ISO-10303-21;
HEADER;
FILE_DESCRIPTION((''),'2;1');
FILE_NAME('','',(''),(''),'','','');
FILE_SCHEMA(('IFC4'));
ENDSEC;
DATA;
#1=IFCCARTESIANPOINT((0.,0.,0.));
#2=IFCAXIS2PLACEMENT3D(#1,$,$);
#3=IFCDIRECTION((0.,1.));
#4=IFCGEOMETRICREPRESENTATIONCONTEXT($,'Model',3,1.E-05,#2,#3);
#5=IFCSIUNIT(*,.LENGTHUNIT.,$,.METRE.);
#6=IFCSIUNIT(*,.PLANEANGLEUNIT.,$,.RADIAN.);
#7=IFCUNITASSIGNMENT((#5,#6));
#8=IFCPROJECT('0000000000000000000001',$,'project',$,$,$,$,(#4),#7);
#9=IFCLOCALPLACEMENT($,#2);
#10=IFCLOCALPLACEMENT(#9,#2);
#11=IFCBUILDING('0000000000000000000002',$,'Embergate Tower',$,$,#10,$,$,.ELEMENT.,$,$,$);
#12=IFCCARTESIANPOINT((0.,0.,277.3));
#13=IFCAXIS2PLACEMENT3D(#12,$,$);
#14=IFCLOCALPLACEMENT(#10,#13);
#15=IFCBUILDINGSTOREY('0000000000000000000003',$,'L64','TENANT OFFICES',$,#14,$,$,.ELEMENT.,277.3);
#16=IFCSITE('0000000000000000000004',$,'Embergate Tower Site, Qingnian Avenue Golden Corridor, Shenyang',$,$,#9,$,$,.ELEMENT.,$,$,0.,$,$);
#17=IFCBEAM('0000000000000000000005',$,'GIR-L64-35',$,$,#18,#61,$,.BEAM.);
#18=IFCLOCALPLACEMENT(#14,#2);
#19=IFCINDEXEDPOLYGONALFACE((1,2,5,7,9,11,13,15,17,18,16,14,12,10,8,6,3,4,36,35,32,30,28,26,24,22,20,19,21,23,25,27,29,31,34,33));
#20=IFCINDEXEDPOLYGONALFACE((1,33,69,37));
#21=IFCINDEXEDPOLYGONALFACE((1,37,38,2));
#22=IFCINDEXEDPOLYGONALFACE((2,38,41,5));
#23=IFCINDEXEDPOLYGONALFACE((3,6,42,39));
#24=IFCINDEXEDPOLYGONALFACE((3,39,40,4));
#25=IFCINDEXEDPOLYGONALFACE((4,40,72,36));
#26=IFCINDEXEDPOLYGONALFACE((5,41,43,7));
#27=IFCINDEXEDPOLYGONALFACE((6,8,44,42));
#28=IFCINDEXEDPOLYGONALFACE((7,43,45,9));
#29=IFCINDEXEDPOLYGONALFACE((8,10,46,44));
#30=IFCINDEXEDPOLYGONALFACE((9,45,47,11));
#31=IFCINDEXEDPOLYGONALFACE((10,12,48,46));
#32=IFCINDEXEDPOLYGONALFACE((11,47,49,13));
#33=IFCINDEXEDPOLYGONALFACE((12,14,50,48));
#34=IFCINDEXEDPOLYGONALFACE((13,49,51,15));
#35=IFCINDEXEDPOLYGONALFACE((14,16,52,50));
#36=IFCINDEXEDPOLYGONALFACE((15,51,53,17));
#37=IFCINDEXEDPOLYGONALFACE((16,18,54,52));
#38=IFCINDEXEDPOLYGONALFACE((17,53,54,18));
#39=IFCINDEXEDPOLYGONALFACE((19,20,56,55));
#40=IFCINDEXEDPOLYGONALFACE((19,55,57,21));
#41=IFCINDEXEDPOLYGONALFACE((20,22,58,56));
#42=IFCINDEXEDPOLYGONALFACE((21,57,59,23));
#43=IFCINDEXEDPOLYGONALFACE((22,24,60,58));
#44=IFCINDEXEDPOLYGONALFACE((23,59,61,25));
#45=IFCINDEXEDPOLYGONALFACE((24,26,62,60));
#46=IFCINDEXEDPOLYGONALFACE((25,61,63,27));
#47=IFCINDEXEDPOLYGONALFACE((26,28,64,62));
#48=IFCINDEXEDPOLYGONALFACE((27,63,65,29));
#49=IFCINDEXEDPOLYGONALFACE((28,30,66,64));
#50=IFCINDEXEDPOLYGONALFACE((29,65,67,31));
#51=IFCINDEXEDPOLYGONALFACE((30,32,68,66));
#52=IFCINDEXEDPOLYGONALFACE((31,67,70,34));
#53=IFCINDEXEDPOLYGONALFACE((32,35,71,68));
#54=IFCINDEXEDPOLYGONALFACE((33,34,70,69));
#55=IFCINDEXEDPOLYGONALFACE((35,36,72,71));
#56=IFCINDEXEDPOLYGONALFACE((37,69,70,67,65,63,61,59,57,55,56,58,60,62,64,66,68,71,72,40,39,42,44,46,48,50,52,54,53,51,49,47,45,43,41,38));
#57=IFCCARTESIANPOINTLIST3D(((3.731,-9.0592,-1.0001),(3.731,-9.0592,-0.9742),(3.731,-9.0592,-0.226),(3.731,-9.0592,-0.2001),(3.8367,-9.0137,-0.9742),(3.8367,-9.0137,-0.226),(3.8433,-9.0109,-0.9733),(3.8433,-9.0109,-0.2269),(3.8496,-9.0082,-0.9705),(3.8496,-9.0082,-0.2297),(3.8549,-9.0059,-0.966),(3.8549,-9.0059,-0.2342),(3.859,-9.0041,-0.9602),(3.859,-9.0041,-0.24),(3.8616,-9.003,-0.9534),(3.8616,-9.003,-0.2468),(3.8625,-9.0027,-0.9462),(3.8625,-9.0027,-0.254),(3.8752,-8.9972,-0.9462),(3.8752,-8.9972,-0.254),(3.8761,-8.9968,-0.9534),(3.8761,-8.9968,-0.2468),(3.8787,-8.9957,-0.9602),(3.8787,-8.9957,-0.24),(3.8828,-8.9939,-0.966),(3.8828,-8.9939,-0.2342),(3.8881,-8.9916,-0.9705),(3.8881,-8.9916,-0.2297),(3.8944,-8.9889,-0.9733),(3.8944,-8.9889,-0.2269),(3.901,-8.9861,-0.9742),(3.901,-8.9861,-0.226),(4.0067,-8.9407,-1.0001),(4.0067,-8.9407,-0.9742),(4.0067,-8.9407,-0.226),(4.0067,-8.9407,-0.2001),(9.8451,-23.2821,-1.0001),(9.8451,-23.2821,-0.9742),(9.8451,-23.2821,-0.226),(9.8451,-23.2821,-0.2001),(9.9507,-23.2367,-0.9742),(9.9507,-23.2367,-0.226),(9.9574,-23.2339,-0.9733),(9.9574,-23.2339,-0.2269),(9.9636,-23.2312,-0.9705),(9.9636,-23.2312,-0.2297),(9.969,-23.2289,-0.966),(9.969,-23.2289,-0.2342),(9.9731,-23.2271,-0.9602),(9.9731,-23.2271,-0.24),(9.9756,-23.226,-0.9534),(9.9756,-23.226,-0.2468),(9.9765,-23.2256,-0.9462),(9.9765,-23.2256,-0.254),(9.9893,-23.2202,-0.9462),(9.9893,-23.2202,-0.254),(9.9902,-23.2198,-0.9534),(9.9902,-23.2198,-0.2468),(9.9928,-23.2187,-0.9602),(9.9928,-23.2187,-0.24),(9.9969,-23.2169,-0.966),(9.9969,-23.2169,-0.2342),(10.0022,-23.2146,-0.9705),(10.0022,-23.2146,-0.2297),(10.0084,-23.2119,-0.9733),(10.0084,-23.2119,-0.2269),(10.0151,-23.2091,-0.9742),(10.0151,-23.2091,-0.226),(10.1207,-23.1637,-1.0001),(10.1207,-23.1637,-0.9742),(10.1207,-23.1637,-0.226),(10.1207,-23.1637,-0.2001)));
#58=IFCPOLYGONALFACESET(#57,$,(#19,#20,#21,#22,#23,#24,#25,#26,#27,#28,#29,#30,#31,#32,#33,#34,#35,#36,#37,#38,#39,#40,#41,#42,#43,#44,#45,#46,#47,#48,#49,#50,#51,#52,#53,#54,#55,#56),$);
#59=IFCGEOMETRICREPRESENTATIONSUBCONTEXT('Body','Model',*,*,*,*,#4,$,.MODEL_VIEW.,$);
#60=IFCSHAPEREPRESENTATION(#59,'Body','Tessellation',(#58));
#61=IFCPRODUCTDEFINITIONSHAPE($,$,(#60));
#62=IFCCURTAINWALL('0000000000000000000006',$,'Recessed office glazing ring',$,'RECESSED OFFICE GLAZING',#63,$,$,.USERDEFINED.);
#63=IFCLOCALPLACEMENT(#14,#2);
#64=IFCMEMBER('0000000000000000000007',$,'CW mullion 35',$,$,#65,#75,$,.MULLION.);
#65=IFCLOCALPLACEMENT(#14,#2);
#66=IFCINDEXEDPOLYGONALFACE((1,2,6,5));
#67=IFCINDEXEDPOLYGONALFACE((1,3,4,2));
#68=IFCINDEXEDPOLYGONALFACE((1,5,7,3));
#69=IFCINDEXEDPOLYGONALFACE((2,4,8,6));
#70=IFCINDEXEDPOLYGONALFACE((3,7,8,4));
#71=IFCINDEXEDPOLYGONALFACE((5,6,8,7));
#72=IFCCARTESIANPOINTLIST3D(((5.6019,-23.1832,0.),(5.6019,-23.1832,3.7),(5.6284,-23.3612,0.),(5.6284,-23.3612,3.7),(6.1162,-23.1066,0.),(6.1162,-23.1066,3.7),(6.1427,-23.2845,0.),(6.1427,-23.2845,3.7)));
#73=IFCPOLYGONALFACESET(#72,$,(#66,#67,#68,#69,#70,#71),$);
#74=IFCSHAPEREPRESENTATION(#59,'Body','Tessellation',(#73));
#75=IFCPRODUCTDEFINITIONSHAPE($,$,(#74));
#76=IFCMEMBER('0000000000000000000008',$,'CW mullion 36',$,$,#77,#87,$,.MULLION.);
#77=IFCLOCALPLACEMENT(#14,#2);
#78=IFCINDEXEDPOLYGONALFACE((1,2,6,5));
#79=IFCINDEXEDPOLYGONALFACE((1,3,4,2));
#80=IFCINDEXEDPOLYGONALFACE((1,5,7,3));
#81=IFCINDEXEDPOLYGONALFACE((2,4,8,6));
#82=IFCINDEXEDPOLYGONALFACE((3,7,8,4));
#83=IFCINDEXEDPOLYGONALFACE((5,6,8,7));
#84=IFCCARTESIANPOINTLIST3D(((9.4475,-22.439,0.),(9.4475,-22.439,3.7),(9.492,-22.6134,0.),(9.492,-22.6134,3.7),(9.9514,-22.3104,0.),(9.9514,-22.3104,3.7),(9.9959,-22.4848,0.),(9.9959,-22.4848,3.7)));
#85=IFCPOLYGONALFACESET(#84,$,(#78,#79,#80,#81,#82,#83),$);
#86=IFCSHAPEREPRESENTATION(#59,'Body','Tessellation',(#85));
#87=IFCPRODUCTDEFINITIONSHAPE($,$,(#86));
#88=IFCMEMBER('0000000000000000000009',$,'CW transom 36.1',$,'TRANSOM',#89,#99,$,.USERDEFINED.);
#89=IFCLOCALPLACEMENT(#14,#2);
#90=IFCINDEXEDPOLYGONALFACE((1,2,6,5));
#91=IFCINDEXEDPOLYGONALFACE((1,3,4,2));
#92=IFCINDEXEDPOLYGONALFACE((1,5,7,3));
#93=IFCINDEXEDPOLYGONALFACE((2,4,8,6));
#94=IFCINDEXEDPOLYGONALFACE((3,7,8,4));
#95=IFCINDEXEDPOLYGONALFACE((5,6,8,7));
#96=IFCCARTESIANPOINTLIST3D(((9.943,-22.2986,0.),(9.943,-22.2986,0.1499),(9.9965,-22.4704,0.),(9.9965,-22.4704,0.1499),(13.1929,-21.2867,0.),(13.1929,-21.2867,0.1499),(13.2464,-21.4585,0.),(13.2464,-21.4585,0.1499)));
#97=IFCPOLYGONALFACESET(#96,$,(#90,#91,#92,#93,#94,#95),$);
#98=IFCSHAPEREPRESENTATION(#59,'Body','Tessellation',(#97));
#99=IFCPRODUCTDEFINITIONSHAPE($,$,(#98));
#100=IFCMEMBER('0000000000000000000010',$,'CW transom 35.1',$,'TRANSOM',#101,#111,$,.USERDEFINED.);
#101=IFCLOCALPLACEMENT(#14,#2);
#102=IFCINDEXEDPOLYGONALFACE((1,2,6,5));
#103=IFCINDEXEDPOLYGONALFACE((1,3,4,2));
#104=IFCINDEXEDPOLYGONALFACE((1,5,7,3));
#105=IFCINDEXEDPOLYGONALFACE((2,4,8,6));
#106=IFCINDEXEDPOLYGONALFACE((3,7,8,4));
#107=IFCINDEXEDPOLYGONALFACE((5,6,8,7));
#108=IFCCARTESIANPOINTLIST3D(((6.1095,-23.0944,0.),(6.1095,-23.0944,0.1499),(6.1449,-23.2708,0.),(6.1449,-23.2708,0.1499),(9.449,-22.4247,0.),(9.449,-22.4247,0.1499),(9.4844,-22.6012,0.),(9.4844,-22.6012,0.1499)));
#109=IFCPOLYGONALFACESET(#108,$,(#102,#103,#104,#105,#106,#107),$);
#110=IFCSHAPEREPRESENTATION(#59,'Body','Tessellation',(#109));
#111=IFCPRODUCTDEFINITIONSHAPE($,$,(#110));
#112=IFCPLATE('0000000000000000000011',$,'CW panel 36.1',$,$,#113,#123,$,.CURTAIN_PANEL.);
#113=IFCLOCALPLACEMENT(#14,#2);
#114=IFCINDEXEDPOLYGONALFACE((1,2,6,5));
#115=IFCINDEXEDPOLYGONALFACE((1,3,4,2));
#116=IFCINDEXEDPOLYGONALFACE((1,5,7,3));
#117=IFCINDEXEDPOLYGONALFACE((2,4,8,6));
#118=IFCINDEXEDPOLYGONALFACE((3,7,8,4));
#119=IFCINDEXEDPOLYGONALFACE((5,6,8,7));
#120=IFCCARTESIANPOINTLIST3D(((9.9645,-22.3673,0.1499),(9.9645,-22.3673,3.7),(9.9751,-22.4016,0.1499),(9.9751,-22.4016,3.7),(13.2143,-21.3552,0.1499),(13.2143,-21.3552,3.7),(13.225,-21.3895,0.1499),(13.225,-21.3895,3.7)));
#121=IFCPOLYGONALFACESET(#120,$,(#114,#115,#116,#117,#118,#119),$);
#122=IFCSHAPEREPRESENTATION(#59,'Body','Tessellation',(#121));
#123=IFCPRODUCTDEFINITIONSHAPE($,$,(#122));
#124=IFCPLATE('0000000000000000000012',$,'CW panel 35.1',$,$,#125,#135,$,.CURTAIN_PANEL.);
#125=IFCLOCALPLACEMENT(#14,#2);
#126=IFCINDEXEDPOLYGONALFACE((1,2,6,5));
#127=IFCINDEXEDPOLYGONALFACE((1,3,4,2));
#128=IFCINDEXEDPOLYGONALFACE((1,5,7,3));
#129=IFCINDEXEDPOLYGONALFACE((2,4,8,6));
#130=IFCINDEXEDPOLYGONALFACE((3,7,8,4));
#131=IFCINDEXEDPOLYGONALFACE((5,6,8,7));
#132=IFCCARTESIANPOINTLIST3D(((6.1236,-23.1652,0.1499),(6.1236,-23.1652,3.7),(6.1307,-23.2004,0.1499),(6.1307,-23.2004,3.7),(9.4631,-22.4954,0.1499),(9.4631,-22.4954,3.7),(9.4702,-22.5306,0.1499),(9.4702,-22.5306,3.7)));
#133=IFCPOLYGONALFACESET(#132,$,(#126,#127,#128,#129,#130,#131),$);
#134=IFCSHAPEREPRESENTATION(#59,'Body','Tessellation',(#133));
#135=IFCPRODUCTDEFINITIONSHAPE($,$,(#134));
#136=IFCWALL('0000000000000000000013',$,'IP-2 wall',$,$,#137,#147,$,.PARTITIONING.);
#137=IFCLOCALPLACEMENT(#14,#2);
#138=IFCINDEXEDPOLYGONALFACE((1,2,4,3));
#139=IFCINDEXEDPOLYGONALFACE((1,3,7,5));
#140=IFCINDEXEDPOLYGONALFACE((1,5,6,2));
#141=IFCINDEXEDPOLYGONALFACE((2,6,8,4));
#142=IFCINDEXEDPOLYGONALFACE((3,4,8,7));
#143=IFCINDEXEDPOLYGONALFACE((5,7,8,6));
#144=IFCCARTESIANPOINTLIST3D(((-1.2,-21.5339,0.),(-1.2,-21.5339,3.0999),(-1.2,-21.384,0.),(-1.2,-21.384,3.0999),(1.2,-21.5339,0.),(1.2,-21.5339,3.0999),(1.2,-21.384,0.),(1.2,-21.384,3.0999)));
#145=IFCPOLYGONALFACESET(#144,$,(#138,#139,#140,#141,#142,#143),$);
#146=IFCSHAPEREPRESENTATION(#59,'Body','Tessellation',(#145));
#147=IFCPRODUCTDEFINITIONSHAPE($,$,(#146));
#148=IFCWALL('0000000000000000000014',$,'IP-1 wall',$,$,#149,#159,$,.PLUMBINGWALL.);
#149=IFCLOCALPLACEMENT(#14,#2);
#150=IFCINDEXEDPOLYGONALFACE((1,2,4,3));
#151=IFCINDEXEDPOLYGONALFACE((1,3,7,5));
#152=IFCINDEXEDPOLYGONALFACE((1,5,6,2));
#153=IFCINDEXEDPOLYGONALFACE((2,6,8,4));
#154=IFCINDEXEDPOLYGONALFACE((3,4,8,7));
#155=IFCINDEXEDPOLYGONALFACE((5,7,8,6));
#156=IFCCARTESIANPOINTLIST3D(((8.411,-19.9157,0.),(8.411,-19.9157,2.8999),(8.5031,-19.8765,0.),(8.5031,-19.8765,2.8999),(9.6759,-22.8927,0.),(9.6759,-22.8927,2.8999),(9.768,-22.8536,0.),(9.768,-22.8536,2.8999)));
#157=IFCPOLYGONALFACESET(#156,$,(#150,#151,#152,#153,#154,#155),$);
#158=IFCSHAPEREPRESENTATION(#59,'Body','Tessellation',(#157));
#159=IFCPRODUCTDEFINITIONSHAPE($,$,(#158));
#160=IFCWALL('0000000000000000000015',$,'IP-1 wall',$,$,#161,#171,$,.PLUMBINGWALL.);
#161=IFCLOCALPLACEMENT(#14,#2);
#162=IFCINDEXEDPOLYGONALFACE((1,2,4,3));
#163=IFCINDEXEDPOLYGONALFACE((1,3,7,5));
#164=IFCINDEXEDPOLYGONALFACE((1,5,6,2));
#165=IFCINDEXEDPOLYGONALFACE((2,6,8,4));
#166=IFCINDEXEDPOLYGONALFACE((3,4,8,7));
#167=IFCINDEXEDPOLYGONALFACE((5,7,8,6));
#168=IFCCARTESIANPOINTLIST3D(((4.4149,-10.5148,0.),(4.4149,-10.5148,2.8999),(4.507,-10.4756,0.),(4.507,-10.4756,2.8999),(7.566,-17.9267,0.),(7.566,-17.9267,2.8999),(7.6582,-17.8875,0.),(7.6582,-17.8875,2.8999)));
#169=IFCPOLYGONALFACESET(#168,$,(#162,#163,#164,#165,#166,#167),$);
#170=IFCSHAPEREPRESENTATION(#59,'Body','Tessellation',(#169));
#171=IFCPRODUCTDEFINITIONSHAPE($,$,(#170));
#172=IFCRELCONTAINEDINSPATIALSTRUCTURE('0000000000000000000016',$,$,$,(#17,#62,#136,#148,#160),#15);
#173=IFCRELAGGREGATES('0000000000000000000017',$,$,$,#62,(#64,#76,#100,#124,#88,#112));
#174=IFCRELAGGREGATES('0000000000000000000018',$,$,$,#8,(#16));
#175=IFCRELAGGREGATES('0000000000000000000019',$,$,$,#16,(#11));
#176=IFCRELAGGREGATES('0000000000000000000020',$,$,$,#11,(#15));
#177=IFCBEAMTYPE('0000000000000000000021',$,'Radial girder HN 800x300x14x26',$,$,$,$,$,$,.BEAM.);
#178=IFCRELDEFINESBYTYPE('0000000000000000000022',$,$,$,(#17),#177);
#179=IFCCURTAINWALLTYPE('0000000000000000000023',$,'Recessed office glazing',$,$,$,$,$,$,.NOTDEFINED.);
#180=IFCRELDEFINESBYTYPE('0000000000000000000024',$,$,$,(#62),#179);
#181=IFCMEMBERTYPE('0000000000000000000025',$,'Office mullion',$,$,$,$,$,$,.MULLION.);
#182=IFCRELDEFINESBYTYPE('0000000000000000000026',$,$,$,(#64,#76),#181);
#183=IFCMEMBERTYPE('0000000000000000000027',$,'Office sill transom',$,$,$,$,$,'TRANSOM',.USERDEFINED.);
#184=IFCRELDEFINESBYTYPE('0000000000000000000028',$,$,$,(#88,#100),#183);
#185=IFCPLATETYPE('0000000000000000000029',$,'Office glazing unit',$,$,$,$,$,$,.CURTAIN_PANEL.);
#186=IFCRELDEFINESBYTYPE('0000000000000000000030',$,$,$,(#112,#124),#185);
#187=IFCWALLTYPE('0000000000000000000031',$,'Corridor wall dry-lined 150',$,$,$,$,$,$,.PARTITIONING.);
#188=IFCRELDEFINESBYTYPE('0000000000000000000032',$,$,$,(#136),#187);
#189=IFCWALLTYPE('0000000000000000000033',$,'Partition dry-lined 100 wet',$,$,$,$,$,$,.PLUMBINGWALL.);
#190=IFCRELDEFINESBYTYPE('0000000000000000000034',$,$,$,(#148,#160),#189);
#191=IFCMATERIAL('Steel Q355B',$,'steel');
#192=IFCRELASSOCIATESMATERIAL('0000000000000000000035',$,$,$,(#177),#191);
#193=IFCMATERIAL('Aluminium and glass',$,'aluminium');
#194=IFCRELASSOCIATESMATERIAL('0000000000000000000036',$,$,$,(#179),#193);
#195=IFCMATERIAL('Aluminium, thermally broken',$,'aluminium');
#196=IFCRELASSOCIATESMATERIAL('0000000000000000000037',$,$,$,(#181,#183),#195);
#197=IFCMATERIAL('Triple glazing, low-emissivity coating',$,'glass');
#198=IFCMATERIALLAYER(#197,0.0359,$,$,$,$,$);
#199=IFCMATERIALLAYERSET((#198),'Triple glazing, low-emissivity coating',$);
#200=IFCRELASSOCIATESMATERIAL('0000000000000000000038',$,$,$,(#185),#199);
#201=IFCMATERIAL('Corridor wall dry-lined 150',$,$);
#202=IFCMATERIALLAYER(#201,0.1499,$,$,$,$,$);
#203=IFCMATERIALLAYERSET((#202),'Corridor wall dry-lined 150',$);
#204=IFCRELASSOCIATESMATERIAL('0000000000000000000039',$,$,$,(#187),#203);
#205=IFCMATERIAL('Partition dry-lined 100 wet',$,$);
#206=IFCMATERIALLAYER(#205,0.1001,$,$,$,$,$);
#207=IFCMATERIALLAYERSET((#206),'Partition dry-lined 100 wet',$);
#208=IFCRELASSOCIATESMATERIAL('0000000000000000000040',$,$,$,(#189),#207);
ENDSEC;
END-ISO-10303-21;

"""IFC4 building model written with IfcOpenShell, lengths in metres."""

from ifc_helpers import new_model, si_unit, direction, frame, frame_2d, origin, origin_2d, place, context, subcontext, project, spatial, rectangle, i_section, extrude, source, transform, mapped, material, layer, layer_set, material_profile, profile_set, type_object, element, aggregate, save


model = new_model("IFC4")

# Units and contexts
model_context = context("Model", 3, precision=1e-05, world=origin(), true_north=direction((0.0, 1.0)))
body_context = subcontext(model_context, "Body", "Model", "MODEL_VIEW")
ifc_project = project(units=[si_unit("LENGTHUNIT", "METRE"), si_unit("PLANEANGLEUNIT", "RADIAN")], contexts=[model_context])

# Site, building, storey
site_placement = place(None, origin())
site = spatial("IfcSite", under=ifc_project, at=site_placement, Name="Embergate Tower Site, Qingnian Avenue Golden Corridor, Shenyang", CompositionType="ELEMENT", RefElevation=0.0)
building_placement = place(site_placement, origin())
building = spatial("IfcBuilding", under=site, at=building_placement, Name="Embergate Tower", CompositionType="ELEMENT")
storey_placement = place(building_placement, frame((0.0, 0.0, 277.3)))
storey = spatial("IfcBuildingStorey", under=building, at=storey_placement, Name="L64", Description="TENANT OFFICES", CompositionType="ELEMENT", Elevation=277.3)

# Beam
ifc_material_1 = material(Name="Steel Q355B", Category="steel")
ifc_material_profile_1 = material_profile(ifc_material_1, i_section(OverallWidth=0.3, OverallDepth=0.8, WebThickness=0.0139, FlangeThickness=0.0259, FilletRadius=0.0281, at=origin_2d()), Name="HN 800x300x14x26")
ifc_profile_set_1 = profile_set([ifc_material_profile_1], Name="Steel Q355 grade B")
beam_type = type_object("IfcBeamType", Name="Radial girder HN 800x300x14x26", PredefinedType="BEAM", material=ifc_profile_set_1)
shared_shape_1 = source(origin(), body_context, "Body", "SweptSolid", [
    extrude(i_section(OverallWidth=0.3, OverallDepth=0.8, WebThickness=0.0139, FlangeThickness=0.0259, FilletRadius=0.0281, at=origin_2d()), origin(), (0.0, 0.0, 1.0), 15.4814),
])
beam_placement = place(storey_placement, frame((9.9829, -23.2229, -0.6001), z_axis=(-0.394928, 0.918712, 0.0), x_axis=(-0.918712, -0.394928, 0.0)))
element("IfcBeam", 1, at=beam_placement, inside=storey, type_object=beam_type, Name="GIR-L64-35", PredefinedType="BEAM", context=body_context, shape_type="MappedRepresentation", body=[
    mapped(shared_shape_1, transform((0.0, 0.0, 0.0))),
])

# Curtain wall, members, plates
ifc_material_2 = material(Name="Aluminium and glass", Category="aluminium")
curtain_wall_type = type_object("IfcCurtainWallType", Name="Recessed office glazing", PredefinedType="NOTDEFINED", material=ifc_material_2)
curtain_wall_placement = place(storey_placement, origin())
curtain_wall = element("IfcCurtainWall", 2, at=curtain_wall_placement, inside=storey, type_object=curtain_wall_type, Name="Recessed office glazing ring", ObjectType="RECESSED OFFICE GLAZING", PredefinedType="USERDEFINED")
ifc_material_3 = material(Name="Aluminium, thermally broken", Category="aluminium")
ifc_material_profile_2 = material_profile(ifc_material_3, rectangle(XDim=0.1799, YDim=0.52, at=origin_2d()), Name="AL 520x180")
ifc_profile_set_2 = profile_set([ifc_material_profile_2], Name="Aluminium, thermally broken")
member_type_1 = type_object("IfcMemberType", Name="Office mullion", PredefinedType="MULLION", material=ifc_profile_set_2)
shared_shape_2 = source(origin(), body_context, "Body", "SweptSolid", [
    extrude(rectangle(XDim=0.1799, YDim=0.52, at=origin_2d()), origin(), (0.0, 0.0, 1.0), 3.7),
])
member_1_placement = place(storey_placement, frame((5.8723, -23.2339, 0.0), z_axis=(0.0, 0.0, 1.0), x_axis=(-0.147409, 0.989076, 0.0)))
member_1 = element("IfcMember", 3, at=member_1_placement, type_object=member_type_1, Name="CW mullion 35", PredefinedType="MULLION", context=body_context, shape_type="MappedRepresentation", body=[
    mapped(shared_shape_2, transform((0.0, 0.0, 0.0))),
])
member_2_placement = place(storey_placement, frame((9.7217, -22.4619, 0.0), z_axis=(0.0, 0.0, 1.0), x_axis=(-0.247308, 0.968937, 0.0)))
member_2 = element("IfcMember", 4, at=member_2_placement, type_object=member_type_1, Name="CW mullion 36", PredefinedType="MULLION", context=body_context, shape_type="MappedRepresentation", body=[
    mapped(shared_shape_2, transform((0.0, 0.0, 0.0))),
])
ifc_material_profile_3 = material_profile(ifc_material_3, rectangle(XDim=0.1799, YDim=0.1499, at=origin_2d()), Name="AL 150x180")
ifc_profile_set_3 = profile_set([ifc_material_profile_3], Name="Aluminium, thermally broken")
member_type_2 = type_object("IfcMemberType", Name="Office sill transom", ElementType="TRANSOM", PredefinedType="USERDEFINED", material=ifc_profile_set_3)
shared_shape_3 = source(origin(), body_context, "Body", "SweptSolid", [
    extrude(rectangle(XDim=0.1799, YDim=0.1499, at=origin_2d()), origin(), (0.0, 0.0, 1.0), 3.4038),
])
member_3_placement = place(storey_placement, frame((9.9697, -22.3845, 0.075), z_axis=(0.954786, 0.297295, 0.0), x_axis=(-0.297295, 0.954786, 0.0)))
member_3 = element("IfcMember", 5, at=member_3_placement, type_object=member_type_2, Name="CW transom 36.1", ObjectType="TRANSOM", PredefinedType="USERDEFINED", context=body_context, shape_type="MappedRepresentation", body=[
    mapped(shared_shape_3, transform((0.0, 0.0, 0.0))),
])
shared_shape_4 = source(origin(), body_context, "Body", "SweptSolid", [
    extrude(rectangle(XDim=0.1799, YDim=0.1499, at=origin_2d()), origin(), (0.0, 0.0, 1.0), 3.406),
])
member_4_placement = place(storey_placement, frame((6.1272, -23.1826, 0.075), z_axis=(0.980481, 0.196612, 0.0), x_axis=(-0.196612, 0.980481, 0.0)))
member_4 = element("IfcMember", 6, at=member_4_placement, type_object=member_type_2, Name="CW transom 35.1", ObjectType="TRANSOM", PredefinedType="USERDEFINED", context=body_context, shape_type="MappedRepresentation", body=[
    mapped(shared_shape_4, transform((0.0, 0.0, 0.0))),
])
ifc_material_4 = material(Name="Triple glazing, low-emissivity coating", Category="glass")
ifc_layer_1 = layer(ifc_material_4, 0.0359)
ifc_layer_set_1 = layer_set([ifc_layer_1], Name="Triple glazing, low-emissivity coating")
plate_type = type_object("IfcPlateType", Name="Office glazing unit", PredefinedType="CURTAIN_PANEL", material=ifc_layer_set_1)
shared_shape_5 = source(origin(), body_context, "Body", "SweptSolid", [
    extrude(rectangle(XDim=3.4038, YDim=0.0359, at=origin_2d()), origin(), (0.0, 0.0, 1.0), 3.55),
])
plate_1_placement = place(storey_placement, frame((11.5947, -21.8784, 0.1499), z_axis=(0.0, 0.0, 1.0), x_axis=(0.954773, 0.297337, 0.0)))
plate_1 = element("IfcPlate", 7, at=plate_1_placement, type_object=plate_type, Name="CW panel 36.1", PredefinedType="CURTAIN_PANEL", context=body_context, shape_type="MappedRepresentation", body=[
    mapped(shared_shape_5, transform((0.0, 0.0, 0.0))),
])
shared_shape_6 = source(origin(), body_context, "Body", "SweptSolid", [
    extrude(rectangle(XDim=3.406, YDim=0.0359, at=origin_2d()), origin(), (0.0, 0.0, 1.0), 3.55),
])
plate_2_placement = place(storey_placement, frame((7.7969, -22.8479, 0.1499), z_axis=(0.0, 0.0, 1.0), x_axis=(0.980476, 0.196639, 0.0)))
plate_2 = element("IfcPlate", 8, at=plate_2_placement, type_object=plate_type, Name="CW panel 35.1", PredefinedType="CURTAIN_PANEL", context=body_context, shape_type="MappedRepresentation", body=[
    mapped(shared_shape_6, transform((0.0, 0.0, 0.0))),
])
aggregate(curtain_wall, [member_1, member_2, member_4, plate_2, member_3, plate_1])

# Walls
ifc_material_5 = material(Name="Corridor wall dry-lined 150")
ifc_layer_2 = layer(ifc_material_5, 0.1499)
ifc_layer_set_2 = layer_set([ifc_layer_2], Name="Corridor wall dry-lined 150")
wall_type_1 = type_object("IfcWallType", Name="Corridor wall dry-lined 150", PredefinedType="PARTITIONING", material=ifc_layer_set_2)
shared_shape_7 = source(origin(), body_context, "Body", "SweptSolid", [
    extrude(rectangle(XDim=2.3999, YDim=0.1499, at=frame_2d((1.2, 0.0))), origin(), (0.0, 0.0, 1.0), 3.0999),
])
wall_1_placement = place(storey_placement, frame((1.2, -21.459, 0.0), z_axis=(0.0, 0.0, 1.0), x_axis=(-1.0, 0.0, 0.0)))
element("IfcWall", 9, at=wall_1_placement, inside=storey, type_object=wall_type_1, Name="IP-2 wall", PredefinedType="PARTITIONING", context=body_context, shape_type="MappedRepresentation", body=[
    mapped(shared_shape_7, transform((0.0, 0.0, 0.0))),
])
ifc_material_6 = material(Name="Partition dry-lined 100 wet")
ifc_layer_3 = layer(ifc_material_6, 0.1001)
ifc_layer_set_3 = layer_set([ifc_layer_3], Name="Partition dry-lined 100 wet")
wall_type_2 = type_object("IfcWallType", Name="Partition dry-lined 100 wet", PredefinedType="PLUMBINGWALL", material=ifc_layer_set_3)
shared_shape_8 = source(origin(), body_context, "Body", "SweptSolid", [
    extrude(rectangle(XDim=3.2346, YDim=0.1001, at=frame_2d((1.6172, 0.0))), origin(), (0.0, 0.0, 1.0), 2.8999),
])
wall_2_placement = place(storey_placement, frame((9.7219, -22.873, 0.0), z_axis=(0.0, 0.0, 1.0), x_axis=(-0.391048, 0.92037, 0.0)))
element("IfcWall", 10, at=wall_2_placement, inside=storey, type_object=wall_type_2, Name="IP-1 wall", PredefinedType="PLUMBINGWALL", context=body_context, shape_type="MappedRepresentation", body=[
    mapped(shared_shape_8, transform((0.0, 0.0, 0.0))),
])
shared_shape_9 = source(origin(), body_context, "Body", "SweptSolid", [
    extrude(rectangle(XDim=8.054, YDim=0.1001, at=frame_2d((4.0269, 0.0))), origin(), (0.0, 0.0, 1.0), 2.8999),
])
wall_3_placement = place(storey_placement, frame((7.6121, -17.907, 0.0), z_axis=(0.0, 0.0, 1.0), x_axis=(-0.391254, 0.920283, 0.0)))
element("IfcWall", 11, at=wall_3_placement, inside=storey, type_object=wall_type_2, Name="IP-1 wall", PredefinedType="PLUMBINGWALL", context=body_context, shape_type="MappedRepresentation", body=[
    mapped(shared_shape_9, transform((0.0, 0.0, 0.0))),
])

save(model, "model.ifc")
